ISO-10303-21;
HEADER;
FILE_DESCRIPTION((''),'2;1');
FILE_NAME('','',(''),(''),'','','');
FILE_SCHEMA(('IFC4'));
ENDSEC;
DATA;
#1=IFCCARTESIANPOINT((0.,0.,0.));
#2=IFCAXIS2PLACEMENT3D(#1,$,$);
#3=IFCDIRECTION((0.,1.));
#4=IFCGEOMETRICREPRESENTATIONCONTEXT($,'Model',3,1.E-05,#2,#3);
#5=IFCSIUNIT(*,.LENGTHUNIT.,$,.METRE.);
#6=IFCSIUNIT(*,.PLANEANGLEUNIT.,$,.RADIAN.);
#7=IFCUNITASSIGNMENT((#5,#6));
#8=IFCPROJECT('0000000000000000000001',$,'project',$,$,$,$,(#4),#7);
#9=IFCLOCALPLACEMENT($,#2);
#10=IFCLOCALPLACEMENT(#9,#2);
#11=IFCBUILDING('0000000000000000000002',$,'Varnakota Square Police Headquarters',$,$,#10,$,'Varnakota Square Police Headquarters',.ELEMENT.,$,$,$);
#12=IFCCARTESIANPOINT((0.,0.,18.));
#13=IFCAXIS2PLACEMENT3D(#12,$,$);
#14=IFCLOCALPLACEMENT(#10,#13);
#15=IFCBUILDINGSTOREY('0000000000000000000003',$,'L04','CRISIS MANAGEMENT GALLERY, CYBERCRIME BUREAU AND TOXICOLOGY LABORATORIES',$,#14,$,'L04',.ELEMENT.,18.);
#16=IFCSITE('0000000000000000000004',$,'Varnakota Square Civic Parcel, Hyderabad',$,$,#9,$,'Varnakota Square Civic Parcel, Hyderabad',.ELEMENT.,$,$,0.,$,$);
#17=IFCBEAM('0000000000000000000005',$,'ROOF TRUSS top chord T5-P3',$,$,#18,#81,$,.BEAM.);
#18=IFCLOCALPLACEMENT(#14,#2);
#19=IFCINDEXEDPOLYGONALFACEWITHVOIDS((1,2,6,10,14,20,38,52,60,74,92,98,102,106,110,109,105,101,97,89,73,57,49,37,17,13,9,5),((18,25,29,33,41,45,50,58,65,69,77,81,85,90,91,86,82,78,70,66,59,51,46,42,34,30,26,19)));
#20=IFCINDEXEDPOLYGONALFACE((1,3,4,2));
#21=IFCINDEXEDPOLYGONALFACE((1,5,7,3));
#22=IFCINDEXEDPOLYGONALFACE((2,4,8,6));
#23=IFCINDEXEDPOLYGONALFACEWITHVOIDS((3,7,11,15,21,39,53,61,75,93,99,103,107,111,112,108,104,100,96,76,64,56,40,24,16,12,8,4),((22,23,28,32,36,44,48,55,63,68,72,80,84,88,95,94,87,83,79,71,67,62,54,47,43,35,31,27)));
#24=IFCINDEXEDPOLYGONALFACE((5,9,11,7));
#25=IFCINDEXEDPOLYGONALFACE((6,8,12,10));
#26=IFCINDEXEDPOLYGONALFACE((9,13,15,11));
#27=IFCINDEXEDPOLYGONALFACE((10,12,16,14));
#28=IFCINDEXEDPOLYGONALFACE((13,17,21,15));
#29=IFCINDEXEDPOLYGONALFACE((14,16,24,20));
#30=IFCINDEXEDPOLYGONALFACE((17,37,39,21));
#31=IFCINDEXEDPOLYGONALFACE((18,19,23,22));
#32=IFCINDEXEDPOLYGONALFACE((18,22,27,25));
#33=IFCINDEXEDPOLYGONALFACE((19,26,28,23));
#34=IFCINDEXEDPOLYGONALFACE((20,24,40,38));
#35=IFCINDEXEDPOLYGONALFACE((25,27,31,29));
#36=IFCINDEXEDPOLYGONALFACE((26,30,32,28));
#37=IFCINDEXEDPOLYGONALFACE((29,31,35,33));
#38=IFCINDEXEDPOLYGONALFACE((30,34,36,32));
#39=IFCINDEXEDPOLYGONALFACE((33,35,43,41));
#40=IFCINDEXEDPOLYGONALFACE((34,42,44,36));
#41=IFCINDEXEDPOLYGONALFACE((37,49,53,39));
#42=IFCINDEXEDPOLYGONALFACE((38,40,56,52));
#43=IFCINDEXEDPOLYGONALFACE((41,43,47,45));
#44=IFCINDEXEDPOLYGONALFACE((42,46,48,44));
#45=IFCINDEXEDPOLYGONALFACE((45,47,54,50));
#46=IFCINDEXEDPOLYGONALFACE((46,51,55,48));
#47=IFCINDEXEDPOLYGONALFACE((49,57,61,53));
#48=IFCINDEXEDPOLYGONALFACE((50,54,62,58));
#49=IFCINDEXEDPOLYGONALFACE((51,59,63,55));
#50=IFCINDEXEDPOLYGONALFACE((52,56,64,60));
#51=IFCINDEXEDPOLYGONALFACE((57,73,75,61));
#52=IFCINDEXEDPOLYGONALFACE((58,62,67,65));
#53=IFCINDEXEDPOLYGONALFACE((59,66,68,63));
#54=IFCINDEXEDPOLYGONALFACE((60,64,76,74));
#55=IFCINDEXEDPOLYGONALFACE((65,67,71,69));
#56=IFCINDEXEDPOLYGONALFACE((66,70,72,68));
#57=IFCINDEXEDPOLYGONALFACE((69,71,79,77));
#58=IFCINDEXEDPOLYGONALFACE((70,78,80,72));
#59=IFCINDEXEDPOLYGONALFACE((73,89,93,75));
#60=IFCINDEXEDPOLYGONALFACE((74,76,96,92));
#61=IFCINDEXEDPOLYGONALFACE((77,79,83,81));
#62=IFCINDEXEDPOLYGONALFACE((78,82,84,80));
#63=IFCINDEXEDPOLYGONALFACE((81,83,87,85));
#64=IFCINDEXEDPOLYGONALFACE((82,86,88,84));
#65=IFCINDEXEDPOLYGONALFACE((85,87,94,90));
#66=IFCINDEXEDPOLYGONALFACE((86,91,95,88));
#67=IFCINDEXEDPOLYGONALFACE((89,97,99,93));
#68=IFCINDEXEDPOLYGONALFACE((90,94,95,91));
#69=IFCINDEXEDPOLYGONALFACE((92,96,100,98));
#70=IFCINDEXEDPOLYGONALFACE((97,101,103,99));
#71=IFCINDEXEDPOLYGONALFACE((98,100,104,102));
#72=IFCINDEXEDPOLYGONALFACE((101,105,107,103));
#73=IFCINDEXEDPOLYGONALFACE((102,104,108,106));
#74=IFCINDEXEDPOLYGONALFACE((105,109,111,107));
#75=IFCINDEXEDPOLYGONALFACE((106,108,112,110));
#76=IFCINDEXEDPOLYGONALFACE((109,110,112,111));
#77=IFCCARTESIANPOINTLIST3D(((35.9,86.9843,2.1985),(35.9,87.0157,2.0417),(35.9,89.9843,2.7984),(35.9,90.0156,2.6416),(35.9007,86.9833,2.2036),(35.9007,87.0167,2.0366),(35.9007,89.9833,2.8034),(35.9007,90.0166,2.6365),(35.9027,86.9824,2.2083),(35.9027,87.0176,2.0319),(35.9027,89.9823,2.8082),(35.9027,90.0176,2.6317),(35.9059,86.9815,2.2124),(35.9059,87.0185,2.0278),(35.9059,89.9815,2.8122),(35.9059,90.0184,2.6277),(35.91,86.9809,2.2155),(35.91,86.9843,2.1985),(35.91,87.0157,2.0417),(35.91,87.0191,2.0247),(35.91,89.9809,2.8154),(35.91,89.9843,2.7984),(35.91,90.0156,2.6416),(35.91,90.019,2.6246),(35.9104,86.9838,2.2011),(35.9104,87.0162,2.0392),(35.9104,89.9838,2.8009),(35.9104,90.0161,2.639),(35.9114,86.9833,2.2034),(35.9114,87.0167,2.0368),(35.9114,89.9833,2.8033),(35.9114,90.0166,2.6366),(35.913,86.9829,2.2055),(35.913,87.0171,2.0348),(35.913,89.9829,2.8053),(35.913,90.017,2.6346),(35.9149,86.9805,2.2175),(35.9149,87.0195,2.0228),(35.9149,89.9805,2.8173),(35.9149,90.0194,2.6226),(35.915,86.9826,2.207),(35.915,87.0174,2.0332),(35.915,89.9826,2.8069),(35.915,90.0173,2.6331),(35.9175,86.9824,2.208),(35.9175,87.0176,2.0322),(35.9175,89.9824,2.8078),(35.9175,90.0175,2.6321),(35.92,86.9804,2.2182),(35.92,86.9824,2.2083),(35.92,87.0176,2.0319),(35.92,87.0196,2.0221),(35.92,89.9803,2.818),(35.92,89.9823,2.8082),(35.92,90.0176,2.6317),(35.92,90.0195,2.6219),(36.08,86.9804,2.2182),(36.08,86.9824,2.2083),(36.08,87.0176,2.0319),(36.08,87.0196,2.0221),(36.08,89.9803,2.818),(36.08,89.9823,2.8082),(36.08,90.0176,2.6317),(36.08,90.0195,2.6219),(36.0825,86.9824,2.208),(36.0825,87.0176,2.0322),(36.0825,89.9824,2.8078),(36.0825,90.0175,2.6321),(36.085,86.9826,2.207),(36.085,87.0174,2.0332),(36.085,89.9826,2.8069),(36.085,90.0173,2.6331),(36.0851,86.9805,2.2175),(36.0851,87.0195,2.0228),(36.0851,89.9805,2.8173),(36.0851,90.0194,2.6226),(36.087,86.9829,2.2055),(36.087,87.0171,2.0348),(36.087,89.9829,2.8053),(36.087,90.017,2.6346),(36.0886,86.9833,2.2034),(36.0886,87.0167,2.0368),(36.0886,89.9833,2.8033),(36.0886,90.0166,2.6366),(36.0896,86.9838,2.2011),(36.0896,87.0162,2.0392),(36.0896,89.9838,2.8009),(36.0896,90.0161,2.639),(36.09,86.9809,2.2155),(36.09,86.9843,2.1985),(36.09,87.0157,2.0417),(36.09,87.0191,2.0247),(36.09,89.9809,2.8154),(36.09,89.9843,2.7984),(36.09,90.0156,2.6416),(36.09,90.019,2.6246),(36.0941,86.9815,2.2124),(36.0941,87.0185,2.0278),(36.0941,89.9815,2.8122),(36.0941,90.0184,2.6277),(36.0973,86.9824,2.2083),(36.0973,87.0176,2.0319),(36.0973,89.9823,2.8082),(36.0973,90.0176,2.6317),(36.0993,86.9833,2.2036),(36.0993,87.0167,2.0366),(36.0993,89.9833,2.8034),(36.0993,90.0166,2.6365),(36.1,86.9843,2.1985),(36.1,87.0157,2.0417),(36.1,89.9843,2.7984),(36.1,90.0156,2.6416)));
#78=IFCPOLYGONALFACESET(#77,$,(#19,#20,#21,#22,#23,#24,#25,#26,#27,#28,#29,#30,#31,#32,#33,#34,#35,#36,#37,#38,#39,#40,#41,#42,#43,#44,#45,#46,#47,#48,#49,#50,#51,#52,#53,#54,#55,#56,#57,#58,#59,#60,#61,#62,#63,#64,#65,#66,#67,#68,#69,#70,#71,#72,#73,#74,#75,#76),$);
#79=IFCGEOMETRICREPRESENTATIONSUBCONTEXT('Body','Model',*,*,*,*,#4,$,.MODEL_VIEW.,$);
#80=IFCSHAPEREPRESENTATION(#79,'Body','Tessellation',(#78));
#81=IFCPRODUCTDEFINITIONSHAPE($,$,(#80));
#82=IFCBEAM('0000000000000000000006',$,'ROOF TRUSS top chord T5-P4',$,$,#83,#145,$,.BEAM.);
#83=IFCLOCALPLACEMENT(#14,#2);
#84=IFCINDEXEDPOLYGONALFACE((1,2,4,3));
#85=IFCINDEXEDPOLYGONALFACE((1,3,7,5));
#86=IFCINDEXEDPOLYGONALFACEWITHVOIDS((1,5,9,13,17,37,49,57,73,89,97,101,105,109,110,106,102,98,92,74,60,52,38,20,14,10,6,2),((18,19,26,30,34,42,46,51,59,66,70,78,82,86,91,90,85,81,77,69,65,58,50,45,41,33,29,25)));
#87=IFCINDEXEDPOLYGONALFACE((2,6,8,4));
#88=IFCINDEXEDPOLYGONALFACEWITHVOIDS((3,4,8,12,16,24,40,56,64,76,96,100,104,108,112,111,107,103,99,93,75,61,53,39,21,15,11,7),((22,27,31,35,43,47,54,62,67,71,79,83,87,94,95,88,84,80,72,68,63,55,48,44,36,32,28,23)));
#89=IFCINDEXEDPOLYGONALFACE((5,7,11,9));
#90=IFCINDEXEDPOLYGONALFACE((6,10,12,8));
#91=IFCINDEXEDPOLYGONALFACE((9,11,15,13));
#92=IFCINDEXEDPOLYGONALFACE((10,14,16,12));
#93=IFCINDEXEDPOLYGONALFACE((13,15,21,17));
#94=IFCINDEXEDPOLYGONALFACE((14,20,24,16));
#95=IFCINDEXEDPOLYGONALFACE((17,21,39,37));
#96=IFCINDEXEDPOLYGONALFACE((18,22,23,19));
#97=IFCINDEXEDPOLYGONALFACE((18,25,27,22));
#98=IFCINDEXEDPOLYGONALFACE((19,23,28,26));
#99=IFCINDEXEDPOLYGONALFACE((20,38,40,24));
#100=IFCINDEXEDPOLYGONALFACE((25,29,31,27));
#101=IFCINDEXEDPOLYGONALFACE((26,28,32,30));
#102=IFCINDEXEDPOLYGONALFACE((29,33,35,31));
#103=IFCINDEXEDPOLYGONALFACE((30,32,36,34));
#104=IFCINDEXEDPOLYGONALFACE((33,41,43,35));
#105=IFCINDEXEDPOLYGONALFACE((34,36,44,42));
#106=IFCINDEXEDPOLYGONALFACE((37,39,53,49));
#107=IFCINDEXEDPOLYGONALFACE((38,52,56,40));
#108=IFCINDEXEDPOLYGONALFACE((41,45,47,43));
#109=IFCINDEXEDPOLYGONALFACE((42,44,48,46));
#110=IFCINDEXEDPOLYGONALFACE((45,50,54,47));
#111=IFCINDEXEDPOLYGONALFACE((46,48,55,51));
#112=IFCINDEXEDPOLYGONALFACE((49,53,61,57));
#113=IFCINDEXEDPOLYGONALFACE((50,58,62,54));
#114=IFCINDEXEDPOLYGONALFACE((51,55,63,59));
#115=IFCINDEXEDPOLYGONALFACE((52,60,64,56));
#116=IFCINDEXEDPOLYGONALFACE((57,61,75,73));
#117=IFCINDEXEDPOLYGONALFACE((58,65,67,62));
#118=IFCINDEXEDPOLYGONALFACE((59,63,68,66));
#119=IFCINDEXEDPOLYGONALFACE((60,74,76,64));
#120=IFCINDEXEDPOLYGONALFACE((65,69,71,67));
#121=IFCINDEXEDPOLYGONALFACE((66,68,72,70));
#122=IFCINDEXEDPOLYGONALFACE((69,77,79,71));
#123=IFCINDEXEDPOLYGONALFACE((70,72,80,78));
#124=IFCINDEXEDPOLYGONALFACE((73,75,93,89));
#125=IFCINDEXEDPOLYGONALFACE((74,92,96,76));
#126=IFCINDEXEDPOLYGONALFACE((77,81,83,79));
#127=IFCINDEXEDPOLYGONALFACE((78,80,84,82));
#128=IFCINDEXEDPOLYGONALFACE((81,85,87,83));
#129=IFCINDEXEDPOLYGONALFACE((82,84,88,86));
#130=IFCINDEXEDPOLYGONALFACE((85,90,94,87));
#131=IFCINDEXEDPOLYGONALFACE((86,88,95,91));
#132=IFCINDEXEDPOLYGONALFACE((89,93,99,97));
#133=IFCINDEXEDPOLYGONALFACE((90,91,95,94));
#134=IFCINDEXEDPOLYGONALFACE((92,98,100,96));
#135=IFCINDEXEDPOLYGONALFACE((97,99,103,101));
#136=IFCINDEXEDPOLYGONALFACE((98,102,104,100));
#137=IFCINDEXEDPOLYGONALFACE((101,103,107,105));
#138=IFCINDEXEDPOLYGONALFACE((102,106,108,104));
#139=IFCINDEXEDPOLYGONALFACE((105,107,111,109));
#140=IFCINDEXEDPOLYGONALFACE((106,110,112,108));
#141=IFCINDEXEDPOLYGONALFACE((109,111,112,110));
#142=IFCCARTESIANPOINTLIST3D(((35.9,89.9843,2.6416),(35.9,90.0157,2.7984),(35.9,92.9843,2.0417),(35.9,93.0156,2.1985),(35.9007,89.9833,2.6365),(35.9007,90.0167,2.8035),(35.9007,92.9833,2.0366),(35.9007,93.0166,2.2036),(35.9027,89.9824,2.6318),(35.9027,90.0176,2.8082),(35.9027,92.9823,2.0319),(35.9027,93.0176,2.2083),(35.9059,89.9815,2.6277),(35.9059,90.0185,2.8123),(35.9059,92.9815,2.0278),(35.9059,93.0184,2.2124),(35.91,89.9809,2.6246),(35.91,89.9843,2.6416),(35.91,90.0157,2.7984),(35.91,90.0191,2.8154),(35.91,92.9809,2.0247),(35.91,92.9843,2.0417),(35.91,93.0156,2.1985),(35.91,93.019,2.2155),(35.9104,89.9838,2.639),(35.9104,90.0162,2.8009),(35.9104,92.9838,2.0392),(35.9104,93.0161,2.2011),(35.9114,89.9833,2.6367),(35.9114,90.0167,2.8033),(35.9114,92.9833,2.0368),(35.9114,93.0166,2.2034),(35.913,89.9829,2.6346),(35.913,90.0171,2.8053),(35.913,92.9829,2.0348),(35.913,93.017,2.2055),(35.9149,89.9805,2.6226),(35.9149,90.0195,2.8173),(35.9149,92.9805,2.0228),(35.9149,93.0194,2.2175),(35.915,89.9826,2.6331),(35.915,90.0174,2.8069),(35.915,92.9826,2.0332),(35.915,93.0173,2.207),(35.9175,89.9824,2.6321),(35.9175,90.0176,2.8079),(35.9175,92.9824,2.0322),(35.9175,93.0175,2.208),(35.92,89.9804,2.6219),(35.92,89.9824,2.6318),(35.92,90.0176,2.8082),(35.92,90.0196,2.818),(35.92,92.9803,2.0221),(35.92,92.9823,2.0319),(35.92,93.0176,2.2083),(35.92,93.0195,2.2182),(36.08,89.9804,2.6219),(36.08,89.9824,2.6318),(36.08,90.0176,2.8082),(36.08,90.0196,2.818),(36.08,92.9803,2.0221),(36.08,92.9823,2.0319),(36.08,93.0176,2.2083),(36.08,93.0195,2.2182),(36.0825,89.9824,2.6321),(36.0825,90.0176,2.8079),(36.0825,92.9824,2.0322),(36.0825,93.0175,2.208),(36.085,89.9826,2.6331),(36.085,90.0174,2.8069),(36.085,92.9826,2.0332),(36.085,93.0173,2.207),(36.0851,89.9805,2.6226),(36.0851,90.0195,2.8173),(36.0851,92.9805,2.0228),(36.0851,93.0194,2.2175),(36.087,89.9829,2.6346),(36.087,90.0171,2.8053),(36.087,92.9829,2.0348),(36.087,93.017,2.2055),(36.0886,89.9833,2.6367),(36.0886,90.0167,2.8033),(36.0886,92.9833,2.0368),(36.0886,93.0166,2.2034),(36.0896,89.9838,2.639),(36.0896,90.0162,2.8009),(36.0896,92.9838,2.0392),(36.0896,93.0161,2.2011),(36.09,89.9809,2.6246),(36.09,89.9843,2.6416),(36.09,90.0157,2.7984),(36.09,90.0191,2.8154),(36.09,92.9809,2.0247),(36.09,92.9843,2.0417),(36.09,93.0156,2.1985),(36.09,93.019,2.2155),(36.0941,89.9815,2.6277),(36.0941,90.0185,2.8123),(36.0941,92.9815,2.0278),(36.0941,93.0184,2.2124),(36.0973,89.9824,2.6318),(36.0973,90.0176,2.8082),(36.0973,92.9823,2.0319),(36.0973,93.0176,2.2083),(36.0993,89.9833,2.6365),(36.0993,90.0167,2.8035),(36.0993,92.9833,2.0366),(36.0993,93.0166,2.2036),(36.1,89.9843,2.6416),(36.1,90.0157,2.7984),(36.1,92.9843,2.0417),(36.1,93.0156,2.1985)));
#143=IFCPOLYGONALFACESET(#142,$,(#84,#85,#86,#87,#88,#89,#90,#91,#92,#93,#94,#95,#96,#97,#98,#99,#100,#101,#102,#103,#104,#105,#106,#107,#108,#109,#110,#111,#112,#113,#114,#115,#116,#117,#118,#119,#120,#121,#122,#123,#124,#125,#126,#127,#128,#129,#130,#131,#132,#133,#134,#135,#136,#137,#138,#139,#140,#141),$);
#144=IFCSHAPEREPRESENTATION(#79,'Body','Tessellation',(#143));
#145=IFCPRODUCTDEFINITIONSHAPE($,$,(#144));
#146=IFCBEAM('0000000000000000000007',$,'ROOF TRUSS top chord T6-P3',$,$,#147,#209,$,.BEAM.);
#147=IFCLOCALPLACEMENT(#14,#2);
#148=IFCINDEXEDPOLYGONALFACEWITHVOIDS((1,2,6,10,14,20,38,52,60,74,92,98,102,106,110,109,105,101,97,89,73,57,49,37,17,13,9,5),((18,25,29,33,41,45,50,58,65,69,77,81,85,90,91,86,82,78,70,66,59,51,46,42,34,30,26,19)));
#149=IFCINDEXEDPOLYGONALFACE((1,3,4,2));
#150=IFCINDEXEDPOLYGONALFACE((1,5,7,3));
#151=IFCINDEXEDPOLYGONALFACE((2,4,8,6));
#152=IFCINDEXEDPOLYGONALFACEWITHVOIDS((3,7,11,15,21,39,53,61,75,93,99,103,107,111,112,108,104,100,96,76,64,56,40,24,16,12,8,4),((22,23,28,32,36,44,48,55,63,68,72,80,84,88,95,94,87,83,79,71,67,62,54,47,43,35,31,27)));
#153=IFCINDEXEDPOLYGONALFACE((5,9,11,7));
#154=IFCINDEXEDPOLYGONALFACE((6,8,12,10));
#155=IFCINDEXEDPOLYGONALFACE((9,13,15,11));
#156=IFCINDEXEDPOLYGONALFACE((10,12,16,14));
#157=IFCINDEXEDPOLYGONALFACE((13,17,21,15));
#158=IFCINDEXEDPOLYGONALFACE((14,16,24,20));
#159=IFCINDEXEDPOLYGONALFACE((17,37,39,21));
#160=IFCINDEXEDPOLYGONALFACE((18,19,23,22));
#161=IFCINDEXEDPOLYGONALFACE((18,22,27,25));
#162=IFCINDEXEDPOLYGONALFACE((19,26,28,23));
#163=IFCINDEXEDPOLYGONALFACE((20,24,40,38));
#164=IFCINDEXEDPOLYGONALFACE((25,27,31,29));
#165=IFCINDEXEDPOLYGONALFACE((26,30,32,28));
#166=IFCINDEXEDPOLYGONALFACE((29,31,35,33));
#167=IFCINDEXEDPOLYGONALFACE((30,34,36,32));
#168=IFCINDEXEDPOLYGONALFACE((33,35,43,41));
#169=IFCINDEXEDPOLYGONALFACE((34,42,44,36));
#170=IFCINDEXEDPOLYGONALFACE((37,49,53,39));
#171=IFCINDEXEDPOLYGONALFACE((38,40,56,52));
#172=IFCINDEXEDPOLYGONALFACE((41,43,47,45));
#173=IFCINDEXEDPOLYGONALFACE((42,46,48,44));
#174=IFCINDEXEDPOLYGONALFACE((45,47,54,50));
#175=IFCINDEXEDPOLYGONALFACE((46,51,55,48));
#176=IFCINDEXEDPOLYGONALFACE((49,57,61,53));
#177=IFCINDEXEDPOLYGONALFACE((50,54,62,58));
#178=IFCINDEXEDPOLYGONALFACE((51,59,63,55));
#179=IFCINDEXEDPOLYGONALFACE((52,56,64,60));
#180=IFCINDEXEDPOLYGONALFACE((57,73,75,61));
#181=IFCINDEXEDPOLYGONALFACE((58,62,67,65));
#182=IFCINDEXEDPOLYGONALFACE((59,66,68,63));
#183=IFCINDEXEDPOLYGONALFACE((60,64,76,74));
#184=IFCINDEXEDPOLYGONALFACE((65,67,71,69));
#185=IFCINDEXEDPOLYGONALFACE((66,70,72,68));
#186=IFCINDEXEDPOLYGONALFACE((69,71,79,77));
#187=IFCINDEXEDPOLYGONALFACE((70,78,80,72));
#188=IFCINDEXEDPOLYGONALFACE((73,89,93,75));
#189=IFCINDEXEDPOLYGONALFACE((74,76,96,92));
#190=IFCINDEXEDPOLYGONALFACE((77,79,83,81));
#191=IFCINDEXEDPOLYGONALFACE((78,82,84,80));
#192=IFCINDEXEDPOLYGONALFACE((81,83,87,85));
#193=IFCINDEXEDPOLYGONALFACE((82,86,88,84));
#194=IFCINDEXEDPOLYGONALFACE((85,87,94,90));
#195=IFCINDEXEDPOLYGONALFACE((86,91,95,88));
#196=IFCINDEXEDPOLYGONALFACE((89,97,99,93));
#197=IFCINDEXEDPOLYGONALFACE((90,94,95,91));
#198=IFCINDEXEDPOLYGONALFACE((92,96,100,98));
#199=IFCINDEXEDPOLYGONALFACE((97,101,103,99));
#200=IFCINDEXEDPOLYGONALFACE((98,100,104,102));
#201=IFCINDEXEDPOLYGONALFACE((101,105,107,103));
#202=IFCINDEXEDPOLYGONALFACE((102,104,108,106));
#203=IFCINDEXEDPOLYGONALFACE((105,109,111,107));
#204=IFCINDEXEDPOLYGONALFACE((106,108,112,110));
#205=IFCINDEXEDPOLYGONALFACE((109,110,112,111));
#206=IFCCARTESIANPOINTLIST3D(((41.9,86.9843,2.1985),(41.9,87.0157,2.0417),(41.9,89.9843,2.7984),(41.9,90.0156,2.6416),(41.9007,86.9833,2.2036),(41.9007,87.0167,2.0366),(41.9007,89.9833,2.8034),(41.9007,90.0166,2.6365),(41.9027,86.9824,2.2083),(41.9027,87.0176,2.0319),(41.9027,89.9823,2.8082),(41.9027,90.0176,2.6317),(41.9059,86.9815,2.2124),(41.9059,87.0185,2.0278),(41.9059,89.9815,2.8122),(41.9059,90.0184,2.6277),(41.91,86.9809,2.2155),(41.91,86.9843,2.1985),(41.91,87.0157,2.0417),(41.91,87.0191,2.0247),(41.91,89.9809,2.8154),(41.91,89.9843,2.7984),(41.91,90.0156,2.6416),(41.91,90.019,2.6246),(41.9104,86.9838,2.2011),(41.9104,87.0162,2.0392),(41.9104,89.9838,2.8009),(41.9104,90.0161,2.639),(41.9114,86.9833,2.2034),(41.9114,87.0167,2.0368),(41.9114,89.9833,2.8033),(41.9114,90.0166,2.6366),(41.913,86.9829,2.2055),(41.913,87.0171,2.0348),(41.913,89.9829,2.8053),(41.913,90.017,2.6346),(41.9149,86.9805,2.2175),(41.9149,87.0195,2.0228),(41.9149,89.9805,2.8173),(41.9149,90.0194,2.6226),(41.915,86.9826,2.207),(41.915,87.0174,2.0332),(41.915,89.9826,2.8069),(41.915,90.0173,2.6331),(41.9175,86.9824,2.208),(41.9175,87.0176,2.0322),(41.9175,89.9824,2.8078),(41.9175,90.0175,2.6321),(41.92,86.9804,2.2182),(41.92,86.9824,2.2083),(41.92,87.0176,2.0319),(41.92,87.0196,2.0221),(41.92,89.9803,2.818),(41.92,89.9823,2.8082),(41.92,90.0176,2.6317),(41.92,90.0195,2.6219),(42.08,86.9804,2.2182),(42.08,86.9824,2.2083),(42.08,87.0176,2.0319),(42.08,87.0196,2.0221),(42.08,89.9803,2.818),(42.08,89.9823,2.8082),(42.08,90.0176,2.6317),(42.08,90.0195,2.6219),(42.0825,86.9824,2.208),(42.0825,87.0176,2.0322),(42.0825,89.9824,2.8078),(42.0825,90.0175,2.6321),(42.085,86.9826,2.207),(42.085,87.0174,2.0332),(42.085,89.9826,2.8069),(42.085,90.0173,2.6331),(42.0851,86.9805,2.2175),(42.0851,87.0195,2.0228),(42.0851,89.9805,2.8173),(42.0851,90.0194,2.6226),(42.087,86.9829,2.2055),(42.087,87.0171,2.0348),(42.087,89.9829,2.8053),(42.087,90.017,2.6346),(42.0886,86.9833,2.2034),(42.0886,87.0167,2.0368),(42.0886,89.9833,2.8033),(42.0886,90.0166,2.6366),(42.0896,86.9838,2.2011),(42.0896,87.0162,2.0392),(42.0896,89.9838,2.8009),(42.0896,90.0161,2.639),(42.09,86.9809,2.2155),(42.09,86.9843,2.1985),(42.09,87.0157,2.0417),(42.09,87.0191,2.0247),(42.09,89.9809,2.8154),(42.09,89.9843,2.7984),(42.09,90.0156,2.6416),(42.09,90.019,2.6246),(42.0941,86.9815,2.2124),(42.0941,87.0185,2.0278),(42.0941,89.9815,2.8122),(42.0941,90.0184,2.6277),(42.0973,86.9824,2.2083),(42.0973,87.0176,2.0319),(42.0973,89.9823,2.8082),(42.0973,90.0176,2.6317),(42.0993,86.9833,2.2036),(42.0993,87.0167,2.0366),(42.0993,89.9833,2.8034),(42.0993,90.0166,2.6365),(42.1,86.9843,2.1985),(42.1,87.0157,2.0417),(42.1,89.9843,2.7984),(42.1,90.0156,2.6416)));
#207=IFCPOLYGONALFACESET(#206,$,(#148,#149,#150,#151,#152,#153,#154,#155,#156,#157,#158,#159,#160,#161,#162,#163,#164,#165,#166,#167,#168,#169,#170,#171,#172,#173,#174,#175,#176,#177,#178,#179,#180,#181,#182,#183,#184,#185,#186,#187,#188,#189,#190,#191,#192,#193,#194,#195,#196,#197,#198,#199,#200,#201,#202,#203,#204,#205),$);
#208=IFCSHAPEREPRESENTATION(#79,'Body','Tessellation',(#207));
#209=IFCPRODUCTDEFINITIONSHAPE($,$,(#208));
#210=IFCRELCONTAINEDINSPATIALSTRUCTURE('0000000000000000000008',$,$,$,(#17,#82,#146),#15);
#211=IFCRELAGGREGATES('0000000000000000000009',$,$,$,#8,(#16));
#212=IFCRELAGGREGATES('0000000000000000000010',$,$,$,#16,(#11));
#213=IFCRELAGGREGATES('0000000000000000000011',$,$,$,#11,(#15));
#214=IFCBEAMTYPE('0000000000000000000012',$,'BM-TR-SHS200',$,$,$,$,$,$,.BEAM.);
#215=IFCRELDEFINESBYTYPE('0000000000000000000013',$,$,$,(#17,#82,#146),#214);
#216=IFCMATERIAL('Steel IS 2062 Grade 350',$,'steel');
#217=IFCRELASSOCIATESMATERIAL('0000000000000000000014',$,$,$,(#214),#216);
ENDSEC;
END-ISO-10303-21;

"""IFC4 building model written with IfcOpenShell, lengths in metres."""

from ifc_helpers import new_model, si_unit, direction, frame, origin, origin_2d, place, context, subcontext, project, spatial, hollow_rectangle, extrude, material, material_profile, profile_set, type_object, element, save


model = new_model("IFC4")

# Units and contexts
model_context = context("Model", 3, precision=1e-05, world=origin(), true_north=direction((0.0, 1.0)))
body_context = subcontext(model_context, "Body", "Model", "MODEL_VIEW")
ifc_project = project(units=[si_unit("LENGTHUNIT", "METRE"), si_unit("PLANEANGLEUNIT", "RADIAN")], contexts=[model_context])

# Site, building, storey
site_placement = place(None, origin())
site = spatial("IfcSite", under=ifc_project, at=site_placement, Name="Varnakota Square Civic Parcel, Hyderabad", LongName="Varnakota Square Civic Parcel, Hyderabad", CompositionType="ELEMENT", RefElevation=0.0)
building_placement = place(site_placement, origin())
building = spatial("IfcBuilding", under=site, at=building_placement, Name="Varnakota Square Police Headquarters", LongName="Varnakota Square Police Headquarters", CompositionType="ELEMENT")
storey_placement = place(building_placement, frame((0.0, 0.0, 18.0)))
storey = spatial("IfcBuildingStorey", under=building, at=storey_placement, Name="L04", Description="CRISIS MANAGEMENT GALLERY, CYBERCRIME BUREAU AND TOXICOLOGY LABORATORIES", LongName="L04", CompositionType="ELEMENT", Elevation=18.0)

# Beams
ifc_material_1 = material(Name="Steel IS 2062 Grade 350", Category="steel")
ifc_material_profile_1 = material_profile(ifc_material_1, hollow_rectangle(XDim=0.2, YDim=0.2, WallThickness=0.01, InnerFilletRadius=0.01, OuterFilletRadius=0.02, at=origin_2d()), Name="SHS 200x200x10")
ifc_profile_set_1 = profile_set([ifc_material_profile_1], Name="Steel IS 2062 Grade 350")
beam_type = type_object("IfcBeamType", Name="BM-TR-SHS200", PredefinedType="BEAM", material=ifc_profile_set_1)
for number, where, z_axis, x_axis, name in (
    (1, (36.0, 87.0, 2.1201), (0.0, 0.98059, 0.19607), (-1.0, 0.0, 0.0), "ROOF TRUSS top chord T5-P3"),
    (2, (36.0, 90.0, 2.72), (0.0, 0.98059, -0.19607), (-1.0, 0.0, 0.0), "ROOF TRUSS top chord T5-P4"),
    (3, (42.0, 87.0, 2.1201), (0.0, 0.98059, 0.19607), (-1.0, 0.0, 0.0), "ROOF TRUSS top chord T6-P3"),
):
    element("IfcBeam", number, at=place(storey_placement, frame(where, z_axis=z_axis, x_axis=x_axis)), inside=storey, type_object=beam_type, Name=name, PredefinedType="BEAM", context=body_context, shape_type="SweptSolid", body=[
        extrude(hollow_rectangle(XDim=0.2, YDim=0.2, WallThickness=0.01, InnerFilletRadius=0.01, OuterFilletRadius=0.02, at=origin_2d()), origin(), (0.0, 0.0, 1.0), 3.0593),
    ])

save(model, "model.ifc")
